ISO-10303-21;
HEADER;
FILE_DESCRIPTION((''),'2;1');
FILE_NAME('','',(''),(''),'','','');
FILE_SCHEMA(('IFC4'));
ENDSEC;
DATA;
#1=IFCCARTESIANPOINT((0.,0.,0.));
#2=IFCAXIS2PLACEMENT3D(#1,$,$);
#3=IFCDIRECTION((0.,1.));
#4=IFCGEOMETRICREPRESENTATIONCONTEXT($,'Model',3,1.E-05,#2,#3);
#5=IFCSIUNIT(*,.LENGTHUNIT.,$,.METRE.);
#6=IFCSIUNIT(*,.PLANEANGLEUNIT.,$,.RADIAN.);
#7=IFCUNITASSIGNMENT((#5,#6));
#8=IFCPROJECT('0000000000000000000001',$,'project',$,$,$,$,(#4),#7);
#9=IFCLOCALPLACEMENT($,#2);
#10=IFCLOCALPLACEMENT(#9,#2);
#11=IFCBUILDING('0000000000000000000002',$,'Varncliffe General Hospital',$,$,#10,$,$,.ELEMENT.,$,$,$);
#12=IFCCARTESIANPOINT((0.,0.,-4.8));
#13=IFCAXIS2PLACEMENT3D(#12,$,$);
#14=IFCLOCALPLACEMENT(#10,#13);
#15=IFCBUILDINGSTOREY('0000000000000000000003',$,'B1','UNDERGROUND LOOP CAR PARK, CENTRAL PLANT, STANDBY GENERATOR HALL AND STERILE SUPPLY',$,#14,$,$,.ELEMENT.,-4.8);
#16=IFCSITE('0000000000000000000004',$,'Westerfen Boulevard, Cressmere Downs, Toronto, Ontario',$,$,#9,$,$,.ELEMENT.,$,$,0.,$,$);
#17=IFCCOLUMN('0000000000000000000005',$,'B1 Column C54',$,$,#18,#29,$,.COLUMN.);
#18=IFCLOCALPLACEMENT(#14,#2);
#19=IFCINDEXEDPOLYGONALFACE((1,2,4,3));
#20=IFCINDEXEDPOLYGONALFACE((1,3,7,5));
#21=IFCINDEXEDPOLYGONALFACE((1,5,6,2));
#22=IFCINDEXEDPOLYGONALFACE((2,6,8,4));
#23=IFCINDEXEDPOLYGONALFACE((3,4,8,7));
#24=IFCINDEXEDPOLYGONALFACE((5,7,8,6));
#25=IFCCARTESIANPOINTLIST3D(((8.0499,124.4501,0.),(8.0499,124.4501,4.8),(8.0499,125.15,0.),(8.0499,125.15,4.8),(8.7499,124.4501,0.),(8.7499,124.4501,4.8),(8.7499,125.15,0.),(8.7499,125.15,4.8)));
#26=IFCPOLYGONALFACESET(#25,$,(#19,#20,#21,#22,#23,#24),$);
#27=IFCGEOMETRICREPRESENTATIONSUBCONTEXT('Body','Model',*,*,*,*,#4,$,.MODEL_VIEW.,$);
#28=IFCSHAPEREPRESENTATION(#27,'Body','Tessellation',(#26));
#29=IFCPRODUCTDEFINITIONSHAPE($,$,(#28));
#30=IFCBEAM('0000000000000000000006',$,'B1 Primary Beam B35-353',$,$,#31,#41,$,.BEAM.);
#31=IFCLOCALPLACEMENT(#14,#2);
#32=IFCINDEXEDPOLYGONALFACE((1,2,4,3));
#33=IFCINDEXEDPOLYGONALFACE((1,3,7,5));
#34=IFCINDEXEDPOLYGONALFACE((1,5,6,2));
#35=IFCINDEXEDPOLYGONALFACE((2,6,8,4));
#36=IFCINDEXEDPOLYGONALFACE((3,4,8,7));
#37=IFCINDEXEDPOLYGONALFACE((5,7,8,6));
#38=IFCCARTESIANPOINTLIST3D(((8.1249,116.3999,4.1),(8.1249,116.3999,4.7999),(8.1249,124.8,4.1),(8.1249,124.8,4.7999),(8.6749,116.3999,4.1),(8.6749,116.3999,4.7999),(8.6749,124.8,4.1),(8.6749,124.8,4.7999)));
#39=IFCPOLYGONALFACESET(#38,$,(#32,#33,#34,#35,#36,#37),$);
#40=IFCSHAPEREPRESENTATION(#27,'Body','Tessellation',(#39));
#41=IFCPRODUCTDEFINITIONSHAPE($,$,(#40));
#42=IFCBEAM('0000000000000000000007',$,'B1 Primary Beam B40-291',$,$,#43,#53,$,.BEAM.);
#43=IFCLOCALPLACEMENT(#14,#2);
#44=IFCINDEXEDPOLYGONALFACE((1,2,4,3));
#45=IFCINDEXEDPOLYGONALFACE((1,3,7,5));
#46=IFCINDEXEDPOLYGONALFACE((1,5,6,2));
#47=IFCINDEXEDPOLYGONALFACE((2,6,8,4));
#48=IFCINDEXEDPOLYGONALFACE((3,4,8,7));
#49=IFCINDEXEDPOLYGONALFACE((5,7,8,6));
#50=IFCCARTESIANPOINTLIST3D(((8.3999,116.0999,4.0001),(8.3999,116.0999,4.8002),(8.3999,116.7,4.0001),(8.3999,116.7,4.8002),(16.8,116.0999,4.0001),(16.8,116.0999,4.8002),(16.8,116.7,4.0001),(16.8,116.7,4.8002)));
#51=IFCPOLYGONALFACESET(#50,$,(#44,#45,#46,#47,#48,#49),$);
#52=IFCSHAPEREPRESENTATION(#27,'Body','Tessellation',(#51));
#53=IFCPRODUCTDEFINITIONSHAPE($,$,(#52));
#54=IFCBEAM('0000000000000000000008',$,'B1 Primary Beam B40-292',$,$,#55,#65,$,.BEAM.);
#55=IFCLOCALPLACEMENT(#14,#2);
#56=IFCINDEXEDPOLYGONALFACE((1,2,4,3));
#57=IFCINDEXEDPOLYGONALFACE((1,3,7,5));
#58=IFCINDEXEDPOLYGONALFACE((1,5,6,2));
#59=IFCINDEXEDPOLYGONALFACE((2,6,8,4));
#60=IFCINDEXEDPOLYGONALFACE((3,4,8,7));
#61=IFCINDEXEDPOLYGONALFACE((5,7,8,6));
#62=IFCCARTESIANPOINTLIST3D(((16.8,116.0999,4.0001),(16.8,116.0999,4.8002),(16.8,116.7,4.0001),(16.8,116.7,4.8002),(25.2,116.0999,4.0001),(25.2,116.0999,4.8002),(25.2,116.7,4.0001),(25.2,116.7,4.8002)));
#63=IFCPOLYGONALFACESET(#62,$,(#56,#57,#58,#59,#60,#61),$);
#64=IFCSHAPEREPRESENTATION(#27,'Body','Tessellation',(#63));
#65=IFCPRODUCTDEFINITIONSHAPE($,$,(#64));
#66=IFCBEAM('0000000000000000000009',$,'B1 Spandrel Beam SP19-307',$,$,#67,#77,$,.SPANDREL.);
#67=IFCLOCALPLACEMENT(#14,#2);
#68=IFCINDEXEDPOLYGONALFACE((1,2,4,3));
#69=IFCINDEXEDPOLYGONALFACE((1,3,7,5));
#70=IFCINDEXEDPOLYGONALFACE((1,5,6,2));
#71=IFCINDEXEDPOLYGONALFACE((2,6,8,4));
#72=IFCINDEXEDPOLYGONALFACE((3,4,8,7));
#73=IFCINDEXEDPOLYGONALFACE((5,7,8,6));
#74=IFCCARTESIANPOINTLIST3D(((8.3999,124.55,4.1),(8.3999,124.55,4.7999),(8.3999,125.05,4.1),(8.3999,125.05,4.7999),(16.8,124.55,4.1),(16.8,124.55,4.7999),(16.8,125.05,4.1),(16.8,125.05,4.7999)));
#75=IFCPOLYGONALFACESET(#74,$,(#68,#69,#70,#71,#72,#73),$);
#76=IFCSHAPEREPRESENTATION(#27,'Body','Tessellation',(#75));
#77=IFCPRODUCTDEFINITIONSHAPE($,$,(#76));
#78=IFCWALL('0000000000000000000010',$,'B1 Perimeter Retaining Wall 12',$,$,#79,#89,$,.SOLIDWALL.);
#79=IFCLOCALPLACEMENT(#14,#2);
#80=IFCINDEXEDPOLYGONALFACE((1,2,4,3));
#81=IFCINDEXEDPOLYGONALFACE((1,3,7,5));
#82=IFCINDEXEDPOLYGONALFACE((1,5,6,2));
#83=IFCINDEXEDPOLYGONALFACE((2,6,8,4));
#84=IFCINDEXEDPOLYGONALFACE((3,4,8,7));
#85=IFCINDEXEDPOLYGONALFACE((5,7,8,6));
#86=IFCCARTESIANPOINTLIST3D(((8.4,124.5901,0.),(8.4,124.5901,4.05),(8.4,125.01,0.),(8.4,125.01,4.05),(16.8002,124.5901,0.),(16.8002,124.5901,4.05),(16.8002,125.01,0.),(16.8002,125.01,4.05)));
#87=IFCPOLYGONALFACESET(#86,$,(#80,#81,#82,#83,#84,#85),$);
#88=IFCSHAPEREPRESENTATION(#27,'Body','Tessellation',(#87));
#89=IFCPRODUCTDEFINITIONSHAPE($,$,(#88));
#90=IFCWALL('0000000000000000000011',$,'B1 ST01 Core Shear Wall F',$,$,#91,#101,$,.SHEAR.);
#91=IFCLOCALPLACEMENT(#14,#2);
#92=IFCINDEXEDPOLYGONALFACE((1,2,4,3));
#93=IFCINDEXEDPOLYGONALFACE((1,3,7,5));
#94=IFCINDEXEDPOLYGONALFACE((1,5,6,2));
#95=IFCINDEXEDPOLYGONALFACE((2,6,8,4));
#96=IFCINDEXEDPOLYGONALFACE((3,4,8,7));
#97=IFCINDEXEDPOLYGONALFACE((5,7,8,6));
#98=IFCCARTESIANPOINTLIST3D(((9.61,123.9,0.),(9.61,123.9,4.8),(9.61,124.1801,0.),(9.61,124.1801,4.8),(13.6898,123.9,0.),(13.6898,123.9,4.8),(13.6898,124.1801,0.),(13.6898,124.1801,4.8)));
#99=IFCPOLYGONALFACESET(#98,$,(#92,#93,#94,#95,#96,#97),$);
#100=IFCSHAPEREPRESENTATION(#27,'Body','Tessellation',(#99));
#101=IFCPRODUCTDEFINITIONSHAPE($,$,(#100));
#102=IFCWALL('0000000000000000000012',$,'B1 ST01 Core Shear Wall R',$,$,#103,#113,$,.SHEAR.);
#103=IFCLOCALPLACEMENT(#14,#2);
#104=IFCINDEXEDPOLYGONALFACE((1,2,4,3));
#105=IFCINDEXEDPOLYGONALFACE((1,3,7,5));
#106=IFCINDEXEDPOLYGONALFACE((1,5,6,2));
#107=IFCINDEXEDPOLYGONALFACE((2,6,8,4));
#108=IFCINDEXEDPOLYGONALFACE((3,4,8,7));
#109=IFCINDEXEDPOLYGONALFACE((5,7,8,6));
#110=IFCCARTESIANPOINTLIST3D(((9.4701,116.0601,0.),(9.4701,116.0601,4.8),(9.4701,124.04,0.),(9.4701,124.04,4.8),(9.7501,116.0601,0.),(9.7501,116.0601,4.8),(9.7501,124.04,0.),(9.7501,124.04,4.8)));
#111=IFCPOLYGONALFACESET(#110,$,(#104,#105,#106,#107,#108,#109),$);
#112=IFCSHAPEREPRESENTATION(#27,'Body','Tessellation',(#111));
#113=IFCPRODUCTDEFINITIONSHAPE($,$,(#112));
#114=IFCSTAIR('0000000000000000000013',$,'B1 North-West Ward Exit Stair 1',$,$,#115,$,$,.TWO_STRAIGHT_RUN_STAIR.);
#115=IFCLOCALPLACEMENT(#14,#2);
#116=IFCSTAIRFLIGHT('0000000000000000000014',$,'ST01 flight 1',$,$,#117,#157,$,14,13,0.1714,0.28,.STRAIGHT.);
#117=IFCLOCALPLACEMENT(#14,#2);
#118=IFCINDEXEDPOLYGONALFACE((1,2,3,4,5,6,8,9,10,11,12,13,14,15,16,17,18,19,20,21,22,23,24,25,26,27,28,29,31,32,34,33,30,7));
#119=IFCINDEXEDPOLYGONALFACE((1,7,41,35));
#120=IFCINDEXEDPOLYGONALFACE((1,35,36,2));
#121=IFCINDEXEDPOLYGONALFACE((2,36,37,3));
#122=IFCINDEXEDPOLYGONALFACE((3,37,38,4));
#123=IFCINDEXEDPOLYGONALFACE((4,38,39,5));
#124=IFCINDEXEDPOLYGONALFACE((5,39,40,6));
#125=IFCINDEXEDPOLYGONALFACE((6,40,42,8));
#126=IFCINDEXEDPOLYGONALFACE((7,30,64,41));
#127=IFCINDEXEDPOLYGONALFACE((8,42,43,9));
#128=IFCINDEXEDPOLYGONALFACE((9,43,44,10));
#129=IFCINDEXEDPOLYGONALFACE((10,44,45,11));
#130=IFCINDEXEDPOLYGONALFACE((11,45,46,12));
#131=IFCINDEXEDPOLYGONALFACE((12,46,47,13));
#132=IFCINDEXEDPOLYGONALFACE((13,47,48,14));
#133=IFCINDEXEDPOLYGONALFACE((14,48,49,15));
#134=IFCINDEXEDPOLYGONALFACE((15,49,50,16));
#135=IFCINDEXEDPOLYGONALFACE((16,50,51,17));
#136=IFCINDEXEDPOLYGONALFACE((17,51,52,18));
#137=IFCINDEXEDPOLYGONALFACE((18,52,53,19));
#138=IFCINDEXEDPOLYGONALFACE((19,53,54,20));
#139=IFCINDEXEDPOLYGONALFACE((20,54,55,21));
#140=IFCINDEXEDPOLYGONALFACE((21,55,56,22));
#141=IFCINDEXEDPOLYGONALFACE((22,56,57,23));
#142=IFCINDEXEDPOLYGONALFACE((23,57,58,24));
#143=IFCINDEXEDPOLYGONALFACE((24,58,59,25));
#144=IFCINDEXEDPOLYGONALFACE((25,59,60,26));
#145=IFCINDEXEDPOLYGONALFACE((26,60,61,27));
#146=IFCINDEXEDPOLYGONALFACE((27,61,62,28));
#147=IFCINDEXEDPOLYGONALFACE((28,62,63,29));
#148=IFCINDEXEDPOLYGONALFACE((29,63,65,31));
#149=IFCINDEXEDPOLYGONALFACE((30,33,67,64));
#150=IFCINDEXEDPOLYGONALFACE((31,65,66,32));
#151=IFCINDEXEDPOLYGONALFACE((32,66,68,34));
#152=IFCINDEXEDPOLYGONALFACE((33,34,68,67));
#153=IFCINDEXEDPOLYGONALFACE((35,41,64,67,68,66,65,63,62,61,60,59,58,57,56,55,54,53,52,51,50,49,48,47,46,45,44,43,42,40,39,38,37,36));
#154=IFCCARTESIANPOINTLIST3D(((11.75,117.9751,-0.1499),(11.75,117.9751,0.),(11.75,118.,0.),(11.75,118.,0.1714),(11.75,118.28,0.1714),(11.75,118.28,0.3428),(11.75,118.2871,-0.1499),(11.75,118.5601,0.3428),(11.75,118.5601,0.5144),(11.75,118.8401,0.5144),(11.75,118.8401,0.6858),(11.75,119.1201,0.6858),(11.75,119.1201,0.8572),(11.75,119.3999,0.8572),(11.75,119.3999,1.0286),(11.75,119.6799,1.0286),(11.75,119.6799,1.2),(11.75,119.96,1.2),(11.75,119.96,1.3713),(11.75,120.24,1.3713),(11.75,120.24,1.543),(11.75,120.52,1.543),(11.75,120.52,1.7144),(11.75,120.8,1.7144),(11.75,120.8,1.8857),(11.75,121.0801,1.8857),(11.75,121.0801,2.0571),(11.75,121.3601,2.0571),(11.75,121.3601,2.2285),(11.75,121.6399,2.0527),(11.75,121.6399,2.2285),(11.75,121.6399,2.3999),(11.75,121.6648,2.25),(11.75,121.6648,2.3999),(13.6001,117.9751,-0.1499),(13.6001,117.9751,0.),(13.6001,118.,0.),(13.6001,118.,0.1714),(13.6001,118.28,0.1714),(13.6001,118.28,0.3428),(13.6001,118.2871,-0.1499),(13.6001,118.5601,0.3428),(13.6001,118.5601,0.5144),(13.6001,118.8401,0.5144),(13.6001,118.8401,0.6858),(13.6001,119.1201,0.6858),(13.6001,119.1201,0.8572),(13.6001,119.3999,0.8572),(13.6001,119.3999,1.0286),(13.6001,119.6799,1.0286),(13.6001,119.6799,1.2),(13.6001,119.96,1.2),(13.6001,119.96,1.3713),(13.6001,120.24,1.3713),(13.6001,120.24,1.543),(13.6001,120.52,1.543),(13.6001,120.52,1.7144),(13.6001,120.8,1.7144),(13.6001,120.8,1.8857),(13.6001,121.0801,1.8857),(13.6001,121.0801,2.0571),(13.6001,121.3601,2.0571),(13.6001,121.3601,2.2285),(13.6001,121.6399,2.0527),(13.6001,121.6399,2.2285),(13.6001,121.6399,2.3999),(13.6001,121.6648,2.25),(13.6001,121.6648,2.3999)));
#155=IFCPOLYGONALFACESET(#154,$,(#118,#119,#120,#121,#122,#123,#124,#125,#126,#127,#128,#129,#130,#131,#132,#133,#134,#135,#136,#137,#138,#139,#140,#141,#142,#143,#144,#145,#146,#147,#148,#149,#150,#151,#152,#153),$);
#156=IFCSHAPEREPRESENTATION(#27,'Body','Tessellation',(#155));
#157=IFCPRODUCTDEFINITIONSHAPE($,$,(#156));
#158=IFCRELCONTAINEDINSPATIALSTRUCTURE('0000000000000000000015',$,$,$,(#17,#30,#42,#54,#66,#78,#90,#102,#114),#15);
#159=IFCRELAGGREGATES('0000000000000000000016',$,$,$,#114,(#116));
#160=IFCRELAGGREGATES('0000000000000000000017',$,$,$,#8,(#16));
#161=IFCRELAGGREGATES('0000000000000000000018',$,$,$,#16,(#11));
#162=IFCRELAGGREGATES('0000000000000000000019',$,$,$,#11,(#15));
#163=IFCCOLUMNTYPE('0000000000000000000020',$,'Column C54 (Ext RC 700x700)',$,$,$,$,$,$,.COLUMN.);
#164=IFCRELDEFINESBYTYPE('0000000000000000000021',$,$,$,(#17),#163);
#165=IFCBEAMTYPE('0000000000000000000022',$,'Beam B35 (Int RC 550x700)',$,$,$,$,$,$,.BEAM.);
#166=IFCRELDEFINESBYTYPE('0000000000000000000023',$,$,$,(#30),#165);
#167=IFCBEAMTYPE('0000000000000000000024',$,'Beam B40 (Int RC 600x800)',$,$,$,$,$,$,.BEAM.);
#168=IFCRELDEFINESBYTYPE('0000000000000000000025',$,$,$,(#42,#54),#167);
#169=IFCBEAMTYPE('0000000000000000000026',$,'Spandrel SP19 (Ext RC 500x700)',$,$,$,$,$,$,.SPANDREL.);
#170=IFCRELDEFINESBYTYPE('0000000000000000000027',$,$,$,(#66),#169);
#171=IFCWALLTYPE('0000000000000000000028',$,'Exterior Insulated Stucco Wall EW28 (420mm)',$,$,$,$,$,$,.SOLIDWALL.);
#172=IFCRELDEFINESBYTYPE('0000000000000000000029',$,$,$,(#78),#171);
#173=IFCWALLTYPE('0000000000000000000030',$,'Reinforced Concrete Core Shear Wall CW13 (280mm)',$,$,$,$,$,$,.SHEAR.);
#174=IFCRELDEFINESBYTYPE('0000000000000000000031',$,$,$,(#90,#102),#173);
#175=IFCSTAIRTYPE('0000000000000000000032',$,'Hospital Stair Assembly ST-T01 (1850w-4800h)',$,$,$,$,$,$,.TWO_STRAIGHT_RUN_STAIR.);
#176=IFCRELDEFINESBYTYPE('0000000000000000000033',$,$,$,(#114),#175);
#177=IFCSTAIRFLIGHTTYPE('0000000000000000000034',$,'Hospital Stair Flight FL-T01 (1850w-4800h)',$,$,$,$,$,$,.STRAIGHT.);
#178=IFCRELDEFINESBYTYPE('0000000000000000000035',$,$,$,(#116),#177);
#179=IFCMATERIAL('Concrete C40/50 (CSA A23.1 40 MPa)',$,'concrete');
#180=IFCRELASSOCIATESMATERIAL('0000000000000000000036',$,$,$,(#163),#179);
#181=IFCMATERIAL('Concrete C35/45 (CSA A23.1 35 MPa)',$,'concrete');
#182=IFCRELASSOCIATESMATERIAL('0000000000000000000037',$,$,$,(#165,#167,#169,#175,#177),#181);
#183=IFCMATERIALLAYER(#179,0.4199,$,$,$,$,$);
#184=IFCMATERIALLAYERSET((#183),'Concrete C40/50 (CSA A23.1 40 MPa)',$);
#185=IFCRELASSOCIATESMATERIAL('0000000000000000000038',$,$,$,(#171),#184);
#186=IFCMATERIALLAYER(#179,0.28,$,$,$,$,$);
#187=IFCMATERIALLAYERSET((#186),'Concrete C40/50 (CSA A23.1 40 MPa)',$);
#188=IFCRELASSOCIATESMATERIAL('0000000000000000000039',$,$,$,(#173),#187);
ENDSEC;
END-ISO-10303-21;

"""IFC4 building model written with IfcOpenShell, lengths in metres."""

from ifc_helpers import new_model, si_unit, direction, frame, frame_2d, origin, origin_2d, place, context, subcontext, project, spatial, polyline, rectangle, outline, extrude, material, layer, layer_set, material_profile, profile_set, type_object, element, aggregate, save


model = new_model("IFC4")

# Units and contexts
model_context = context("Model", 3, precision=1e-05, world=origin(), true_north=direction((0.0, 1.0)))
body_context = subcontext(model_context, "Body", "Model", "MODEL_VIEW")
ifc_project = project(units=[si_unit("LENGTHUNIT", "METRE"), si_unit("PLANEANGLEUNIT", "RADIAN")], contexts=[model_context])

# Site, building, storey
site_placement = place(None, origin())
site = spatial("IfcSite", under=ifc_project, at=site_placement, Name="Westerfen Boulevard, Cressmere Downs, Toronto, Ontario", CompositionType="ELEMENT", RefElevation=0.0)
building_placement = place(site_placement, origin())
building = spatial("IfcBuilding", under=site, at=building_placement, Name="Varncliffe General Hospital", CompositionType="ELEMENT")
storey_placement = place(building_placement, frame((0.0, 0.0, -4.8)))
storey = spatial("IfcBuildingStorey", under=building, at=storey_placement, Name="B1", Description="UNDERGROUND LOOP CAR PARK, CENTRAL PLANT, STANDBY GENERATOR HALL AND STERILE SUPPLY", CompositionType="ELEMENT", Elevation=-4.8)

# Shared definitions
ifc_material_1 = material(Name="Concrete C40/50 (CSA A23.1 40 MPa)", Category="concrete")

# Column
ifc_material_profile_1 = material_profile(ifc_material_1, rectangle(XDim=0.7, YDim=0.7, at=origin_2d()), Name="RC 700x700")
ifc_profile_set_1 = profile_set([ifc_material_profile_1], Name="Concrete C40/50 (CSA A23.1 40 MPa)")
column_type_1 = type_object("IfcColumnType", Name="Column C54 (Ext RC 700x700)", PredefinedType="COLUMN", material=ifc_profile_set_1)
column_1_placement = place(storey_placement, frame((8.3999, 124.8, 0.0), z_axis=(0.0, 0.0, 1.0), x_axis=(1.0, 0.0, 0.0)))
element("IfcColumn", 1, at=column_1_placement, inside=storey, type_object=column_type_1, Name="B1 Column C54", PredefinedType="COLUMN", context=body_context, shape_type="SweptSolid", body=[
    extrude(rectangle(XDim=0.7, YDim=0.7, at=origin_2d()), origin(), (0.0, 0.0, 1.0), 4.8),
])

# Beams
ifc_material_2 = material(Name="Concrete C35/45 (CSA A23.1 35 MPa)", Category="concrete")
ifc_material_profile_2 = material_profile(ifc_material_2, rectangle(XDim=0.55, YDim=0.7, at=origin_2d()), Name="RC 550x700")
ifc_profile_set_2 = profile_set([ifc_material_profile_2], Name="Concrete C35/45 (CSA A23.1 35 MPa)")
beam_type_1 = type_object("IfcBeamType", Name="Beam B35 (Int RC 550x700)", PredefinedType="BEAM", material=ifc_profile_set_2)
beam_1_placement = place(storey_placement, frame((8.3999, 116.3999, 4.45), z_axis=(0.0, 1.0, 0.0), x_axis=(-1.0, 0.0, 0.0)))
element("IfcBeam", 2, at=beam_1_placement, inside=storey, type_object=beam_type_1, Name="B1 Primary Beam B35-353", PredefinedType="BEAM", context=body_context, shape_type="SweptSolid", body=[
    extrude(rectangle(XDim=0.55, YDim=0.7, at=origin_2d()), origin(), (0.0, 0.0, 1.0), 8.4001),
])
ifc_material_profile_3 = material_profile(ifc_material_2, rectangle(XDim=0.6001, YDim=0.8, at=origin_2d()), Name="RC 600x800")
ifc_profile_set_3 = profile_set([ifc_material_profile_3], Name="Concrete C35/45 (CSA A23.1 35 MPa)")
beam_type_2 = type_object("IfcBeamType", Name="Beam B40 (Int RC 600x800)", PredefinedType="BEAM", material=ifc_profile_set_3)
beam_2_placement = place(storey_placement, frame((8.3999, 116.3999, 4.4001), z_axis=(1.0, 0.0, 0.0), x_axis=(0.0, 1.0, 0.0)))
element("IfcBeam", 3, at=beam_2_placement, inside=storey, type_object=beam_type_2, Name="B1 Primary Beam B40-291", PredefinedType="BEAM", context=body_context, shape_type="SweptSolid", body=[
    extrude(rectangle(XDim=0.6001, YDim=0.8, at=origin_2d()), origin(), (0.0, 0.0, 1.0), 8.4001),
])
beam_3_placement = place(storey_placement, frame((16.8, 116.3999, 4.4001), z_axis=(1.0, 0.0, 0.0), x_axis=(0.0, 1.0, 0.0)))
element("IfcBeam", 4, at=beam_3_placement, inside=storey, type_object=beam_type_2, Name="B1 Primary Beam B40-292", PredefinedType="BEAM", context=body_context, shape_type="SweptSolid", body=[
    extrude(rectangle(XDim=0.6001, YDim=0.8, at=origin_2d()), origin(), (0.0, 0.0, 1.0), 8.3999),
])
ifc_material_profile_4 = material_profile(ifc_material_2, rectangle(XDim=0.5, YDim=0.7, at=origin_2d()), Name="RC 500x700")
ifc_profile_set_4 = profile_set([ifc_material_profile_4], Name="Concrete C35/45 (CSA A23.1 35 MPa)")
beam_type_3 = type_object("IfcBeamType", Name="Spandrel SP19 (Ext RC 500x700)", PredefinedType="SPANDREL", material=ifc_profile_set_4)
beam_4_placement = place(storey_placement, frame((8.3999, 124.8, 4.45), z_axis=(1.0, 0.0, 0.0), x_axis=(0.0, 1.0, 0.0)))
element("IfcBeam", 5, at=beam_4_placement, inside=storey, type_object=beam_type_3, Name="B1 Spandrel Beam SP19-307", PredefinedType="SPANDREL", context=body_context, shape_type="SweptSolid", body=[
    extrude(rectangle(XDim=0.5, YDim=0.7, at=origin_2d()), origin(), (0.0, 0.0, 1.0), 8.4001),
])

# Walls
ifc_layer_1 = layer(ifc_material_1, 0.4199)
ifc_layer_set_1 = layer_set([ifc_layer_1], Name="Concrete C40/50 (CSA A23.1 40 MPa)")
wall_type_1 = type_object("IfcWallType", Name="Exterior Insulated Stucco Wall EW28 (420mm)", PredefinedType="SOLIDWALL", material=ifc_layer_set_1)
wall_1_placement = place(storey_placement, frame((8.3999, 124.8, 0.0), z_axis=(0.0, 0.0, 1.0), x_axis=(1.0, 0.0, 0.0)))
element("IfcWall", 6, at=wall_1_placement, inside=storey, type_object=wall_type_1, Name="B1 Perimeter Retaining Wall 12", PredefinedType="SOLIDWALL", context=body_context, shape_type="SweptSolid", body=[
    extrude(rectangle(XDim=8.4001, YDim=0.4199, at=frame_2d((4.2002, 0.0))), origin(), (0.0, 0.0, 1.0), 4.05),
])
ifc_layer_2 = layer(ifc_material_1, 0.28)
ifc_layer_set_2 = layer_set([ifc_layer_2], Name="Concrete C40/50 (CSA A23.1 40 MPa)")
wall_type_2 = type_object("IfcWallType", Name="Reinforced Concrete Core Shear Wall CW13 (280mm)", PredefinedType="SHEAR", material=ifc_layer_set_2)
wall_2_placement = place(storey_placement, frame((13.6899, 124.04, 0.0), z_axis=(0.0, 0.0, 1.0), x_axis=(-1.0, 0.0, 0.0)))
element("IfcWall", 7, at=wall_2_placement, inside=storey, type_object=wall_type_2, Name="B1 ST01 Core Shear Wall F", PredefinedType="SHEAR", context=body_context, shape_type="SweptSolid", body=[
    extrude(rectangle(XDim=4.0798, YDim=0.28, at=frame_2d((2.04, 0.0))), origin(), (0.0, 0.0, 1.0), 4.8),
])
wall_3_placement = place(storey_placement, frame((9.6101, 124.04, 0.0), z_axis=(0.0, 0.0, 1.0), x_axis=(0.0, -1.0, 0.0)))
element("IfcWall", 8, at=wall_3_placement, inside=storey, type_object=wall_type_2, Name="B1 ST01 Core Shear Wall R", PredefinedType="SHEAR", context=body_context, shape_type="SweptSolid", body=[
    extrude(rectangle(XDim=7.98, YDim=0.28, at=frame_2d((3.99, 0.0))), origin(), (0.0, 0.0, 1.0), 4.8),
])

# Stair, stair flight
stair_type = type_object("IfcStairType", Name="Hospital Stair Assembly ST-T01 (1850w-4800h)", PredefinedType="TWO_STRAIGHT_RUN_STAIR", material=ifc_material_2)
stair_placement = place(storey_placement, origin())
stair = element("IfcStair", 9, at=stair_placement, inside=storey, type_object=stair_type, Name="B1 North-West Ward Exit Stair 1", PredefinedType="TWO_STRAIGHT_RUN_STAIR")
stair_flight_type = type_object("IfcStairFlightType", Name="Hospital Stair Flight FL-T01 (1850w-4800h)", PredefinedType="STRAIGHT", material=ifc_material_2)
stair_flight_1_placement = place(storey_placement, frame((12.675, 118.0, 0.0), z_axis=(0.0, 0.0, 1.0), x_axis=(0.0, 1.0, 0.0)))
stair_flight_1 = element("IfcStairFlight", 10, at=stair_flight_1_placement, type_object=stair_flight_type, Name="ST01 flight 1", NumberOfRisers=14, NumberOfTreads=13, PredefinedType="STRAIGHT", RiserHeight=0.1714, TreadLength=0.28, context=body_context, shape_type="SweptSolid", body=[
    extrude(outline(polyline([(-0.0249, -0.1499), (-0.0249, 0.0), (0.0, 0.0), (0.0, 0.1714), (0.28, 0.1714), (0.28, 0.3428), (0.5601, 0.3428), (0.5601, 0.5144), (0.8401, 0.5144), (0.8401, 0.6858), (1.1201, 0.6858), (1.1201, 0.8572), (1.3999, 0.8572), (1.3999, 1.0286), (1.6799, 1.0286), (1.6799, 1.2), (1.96, 1.2), (1.96, 1.3713), (2.24, 1.3713), (2.24, 1.543), (2.52, 1.543), (2.52, 1.7144), (2.8, 1.7144), (2.8, 1.8857), (3.0801, 1.8857), (3.0801, 2.0571), (3.3601, 2.0571), (3.3601, 2.2285), (3.6399, 2.2285), (3.6399, 2.3999), (3.6648, 2.3999), (3.6648, 2.25), (3.6399, 2.0527), (0.2871, -0.1499), (-0.0249, -0.1499)])), frame((0.0, 0.925, 0.0), z_axis=(0.0, -1.0, 0.0), x_axis=(1.0, 0.0, 0.0)), (0.0, 0.0, 1.0), 1.8501),
])
aggregate(stair, [stair_flight_1])

save(model, "model.ifc")
